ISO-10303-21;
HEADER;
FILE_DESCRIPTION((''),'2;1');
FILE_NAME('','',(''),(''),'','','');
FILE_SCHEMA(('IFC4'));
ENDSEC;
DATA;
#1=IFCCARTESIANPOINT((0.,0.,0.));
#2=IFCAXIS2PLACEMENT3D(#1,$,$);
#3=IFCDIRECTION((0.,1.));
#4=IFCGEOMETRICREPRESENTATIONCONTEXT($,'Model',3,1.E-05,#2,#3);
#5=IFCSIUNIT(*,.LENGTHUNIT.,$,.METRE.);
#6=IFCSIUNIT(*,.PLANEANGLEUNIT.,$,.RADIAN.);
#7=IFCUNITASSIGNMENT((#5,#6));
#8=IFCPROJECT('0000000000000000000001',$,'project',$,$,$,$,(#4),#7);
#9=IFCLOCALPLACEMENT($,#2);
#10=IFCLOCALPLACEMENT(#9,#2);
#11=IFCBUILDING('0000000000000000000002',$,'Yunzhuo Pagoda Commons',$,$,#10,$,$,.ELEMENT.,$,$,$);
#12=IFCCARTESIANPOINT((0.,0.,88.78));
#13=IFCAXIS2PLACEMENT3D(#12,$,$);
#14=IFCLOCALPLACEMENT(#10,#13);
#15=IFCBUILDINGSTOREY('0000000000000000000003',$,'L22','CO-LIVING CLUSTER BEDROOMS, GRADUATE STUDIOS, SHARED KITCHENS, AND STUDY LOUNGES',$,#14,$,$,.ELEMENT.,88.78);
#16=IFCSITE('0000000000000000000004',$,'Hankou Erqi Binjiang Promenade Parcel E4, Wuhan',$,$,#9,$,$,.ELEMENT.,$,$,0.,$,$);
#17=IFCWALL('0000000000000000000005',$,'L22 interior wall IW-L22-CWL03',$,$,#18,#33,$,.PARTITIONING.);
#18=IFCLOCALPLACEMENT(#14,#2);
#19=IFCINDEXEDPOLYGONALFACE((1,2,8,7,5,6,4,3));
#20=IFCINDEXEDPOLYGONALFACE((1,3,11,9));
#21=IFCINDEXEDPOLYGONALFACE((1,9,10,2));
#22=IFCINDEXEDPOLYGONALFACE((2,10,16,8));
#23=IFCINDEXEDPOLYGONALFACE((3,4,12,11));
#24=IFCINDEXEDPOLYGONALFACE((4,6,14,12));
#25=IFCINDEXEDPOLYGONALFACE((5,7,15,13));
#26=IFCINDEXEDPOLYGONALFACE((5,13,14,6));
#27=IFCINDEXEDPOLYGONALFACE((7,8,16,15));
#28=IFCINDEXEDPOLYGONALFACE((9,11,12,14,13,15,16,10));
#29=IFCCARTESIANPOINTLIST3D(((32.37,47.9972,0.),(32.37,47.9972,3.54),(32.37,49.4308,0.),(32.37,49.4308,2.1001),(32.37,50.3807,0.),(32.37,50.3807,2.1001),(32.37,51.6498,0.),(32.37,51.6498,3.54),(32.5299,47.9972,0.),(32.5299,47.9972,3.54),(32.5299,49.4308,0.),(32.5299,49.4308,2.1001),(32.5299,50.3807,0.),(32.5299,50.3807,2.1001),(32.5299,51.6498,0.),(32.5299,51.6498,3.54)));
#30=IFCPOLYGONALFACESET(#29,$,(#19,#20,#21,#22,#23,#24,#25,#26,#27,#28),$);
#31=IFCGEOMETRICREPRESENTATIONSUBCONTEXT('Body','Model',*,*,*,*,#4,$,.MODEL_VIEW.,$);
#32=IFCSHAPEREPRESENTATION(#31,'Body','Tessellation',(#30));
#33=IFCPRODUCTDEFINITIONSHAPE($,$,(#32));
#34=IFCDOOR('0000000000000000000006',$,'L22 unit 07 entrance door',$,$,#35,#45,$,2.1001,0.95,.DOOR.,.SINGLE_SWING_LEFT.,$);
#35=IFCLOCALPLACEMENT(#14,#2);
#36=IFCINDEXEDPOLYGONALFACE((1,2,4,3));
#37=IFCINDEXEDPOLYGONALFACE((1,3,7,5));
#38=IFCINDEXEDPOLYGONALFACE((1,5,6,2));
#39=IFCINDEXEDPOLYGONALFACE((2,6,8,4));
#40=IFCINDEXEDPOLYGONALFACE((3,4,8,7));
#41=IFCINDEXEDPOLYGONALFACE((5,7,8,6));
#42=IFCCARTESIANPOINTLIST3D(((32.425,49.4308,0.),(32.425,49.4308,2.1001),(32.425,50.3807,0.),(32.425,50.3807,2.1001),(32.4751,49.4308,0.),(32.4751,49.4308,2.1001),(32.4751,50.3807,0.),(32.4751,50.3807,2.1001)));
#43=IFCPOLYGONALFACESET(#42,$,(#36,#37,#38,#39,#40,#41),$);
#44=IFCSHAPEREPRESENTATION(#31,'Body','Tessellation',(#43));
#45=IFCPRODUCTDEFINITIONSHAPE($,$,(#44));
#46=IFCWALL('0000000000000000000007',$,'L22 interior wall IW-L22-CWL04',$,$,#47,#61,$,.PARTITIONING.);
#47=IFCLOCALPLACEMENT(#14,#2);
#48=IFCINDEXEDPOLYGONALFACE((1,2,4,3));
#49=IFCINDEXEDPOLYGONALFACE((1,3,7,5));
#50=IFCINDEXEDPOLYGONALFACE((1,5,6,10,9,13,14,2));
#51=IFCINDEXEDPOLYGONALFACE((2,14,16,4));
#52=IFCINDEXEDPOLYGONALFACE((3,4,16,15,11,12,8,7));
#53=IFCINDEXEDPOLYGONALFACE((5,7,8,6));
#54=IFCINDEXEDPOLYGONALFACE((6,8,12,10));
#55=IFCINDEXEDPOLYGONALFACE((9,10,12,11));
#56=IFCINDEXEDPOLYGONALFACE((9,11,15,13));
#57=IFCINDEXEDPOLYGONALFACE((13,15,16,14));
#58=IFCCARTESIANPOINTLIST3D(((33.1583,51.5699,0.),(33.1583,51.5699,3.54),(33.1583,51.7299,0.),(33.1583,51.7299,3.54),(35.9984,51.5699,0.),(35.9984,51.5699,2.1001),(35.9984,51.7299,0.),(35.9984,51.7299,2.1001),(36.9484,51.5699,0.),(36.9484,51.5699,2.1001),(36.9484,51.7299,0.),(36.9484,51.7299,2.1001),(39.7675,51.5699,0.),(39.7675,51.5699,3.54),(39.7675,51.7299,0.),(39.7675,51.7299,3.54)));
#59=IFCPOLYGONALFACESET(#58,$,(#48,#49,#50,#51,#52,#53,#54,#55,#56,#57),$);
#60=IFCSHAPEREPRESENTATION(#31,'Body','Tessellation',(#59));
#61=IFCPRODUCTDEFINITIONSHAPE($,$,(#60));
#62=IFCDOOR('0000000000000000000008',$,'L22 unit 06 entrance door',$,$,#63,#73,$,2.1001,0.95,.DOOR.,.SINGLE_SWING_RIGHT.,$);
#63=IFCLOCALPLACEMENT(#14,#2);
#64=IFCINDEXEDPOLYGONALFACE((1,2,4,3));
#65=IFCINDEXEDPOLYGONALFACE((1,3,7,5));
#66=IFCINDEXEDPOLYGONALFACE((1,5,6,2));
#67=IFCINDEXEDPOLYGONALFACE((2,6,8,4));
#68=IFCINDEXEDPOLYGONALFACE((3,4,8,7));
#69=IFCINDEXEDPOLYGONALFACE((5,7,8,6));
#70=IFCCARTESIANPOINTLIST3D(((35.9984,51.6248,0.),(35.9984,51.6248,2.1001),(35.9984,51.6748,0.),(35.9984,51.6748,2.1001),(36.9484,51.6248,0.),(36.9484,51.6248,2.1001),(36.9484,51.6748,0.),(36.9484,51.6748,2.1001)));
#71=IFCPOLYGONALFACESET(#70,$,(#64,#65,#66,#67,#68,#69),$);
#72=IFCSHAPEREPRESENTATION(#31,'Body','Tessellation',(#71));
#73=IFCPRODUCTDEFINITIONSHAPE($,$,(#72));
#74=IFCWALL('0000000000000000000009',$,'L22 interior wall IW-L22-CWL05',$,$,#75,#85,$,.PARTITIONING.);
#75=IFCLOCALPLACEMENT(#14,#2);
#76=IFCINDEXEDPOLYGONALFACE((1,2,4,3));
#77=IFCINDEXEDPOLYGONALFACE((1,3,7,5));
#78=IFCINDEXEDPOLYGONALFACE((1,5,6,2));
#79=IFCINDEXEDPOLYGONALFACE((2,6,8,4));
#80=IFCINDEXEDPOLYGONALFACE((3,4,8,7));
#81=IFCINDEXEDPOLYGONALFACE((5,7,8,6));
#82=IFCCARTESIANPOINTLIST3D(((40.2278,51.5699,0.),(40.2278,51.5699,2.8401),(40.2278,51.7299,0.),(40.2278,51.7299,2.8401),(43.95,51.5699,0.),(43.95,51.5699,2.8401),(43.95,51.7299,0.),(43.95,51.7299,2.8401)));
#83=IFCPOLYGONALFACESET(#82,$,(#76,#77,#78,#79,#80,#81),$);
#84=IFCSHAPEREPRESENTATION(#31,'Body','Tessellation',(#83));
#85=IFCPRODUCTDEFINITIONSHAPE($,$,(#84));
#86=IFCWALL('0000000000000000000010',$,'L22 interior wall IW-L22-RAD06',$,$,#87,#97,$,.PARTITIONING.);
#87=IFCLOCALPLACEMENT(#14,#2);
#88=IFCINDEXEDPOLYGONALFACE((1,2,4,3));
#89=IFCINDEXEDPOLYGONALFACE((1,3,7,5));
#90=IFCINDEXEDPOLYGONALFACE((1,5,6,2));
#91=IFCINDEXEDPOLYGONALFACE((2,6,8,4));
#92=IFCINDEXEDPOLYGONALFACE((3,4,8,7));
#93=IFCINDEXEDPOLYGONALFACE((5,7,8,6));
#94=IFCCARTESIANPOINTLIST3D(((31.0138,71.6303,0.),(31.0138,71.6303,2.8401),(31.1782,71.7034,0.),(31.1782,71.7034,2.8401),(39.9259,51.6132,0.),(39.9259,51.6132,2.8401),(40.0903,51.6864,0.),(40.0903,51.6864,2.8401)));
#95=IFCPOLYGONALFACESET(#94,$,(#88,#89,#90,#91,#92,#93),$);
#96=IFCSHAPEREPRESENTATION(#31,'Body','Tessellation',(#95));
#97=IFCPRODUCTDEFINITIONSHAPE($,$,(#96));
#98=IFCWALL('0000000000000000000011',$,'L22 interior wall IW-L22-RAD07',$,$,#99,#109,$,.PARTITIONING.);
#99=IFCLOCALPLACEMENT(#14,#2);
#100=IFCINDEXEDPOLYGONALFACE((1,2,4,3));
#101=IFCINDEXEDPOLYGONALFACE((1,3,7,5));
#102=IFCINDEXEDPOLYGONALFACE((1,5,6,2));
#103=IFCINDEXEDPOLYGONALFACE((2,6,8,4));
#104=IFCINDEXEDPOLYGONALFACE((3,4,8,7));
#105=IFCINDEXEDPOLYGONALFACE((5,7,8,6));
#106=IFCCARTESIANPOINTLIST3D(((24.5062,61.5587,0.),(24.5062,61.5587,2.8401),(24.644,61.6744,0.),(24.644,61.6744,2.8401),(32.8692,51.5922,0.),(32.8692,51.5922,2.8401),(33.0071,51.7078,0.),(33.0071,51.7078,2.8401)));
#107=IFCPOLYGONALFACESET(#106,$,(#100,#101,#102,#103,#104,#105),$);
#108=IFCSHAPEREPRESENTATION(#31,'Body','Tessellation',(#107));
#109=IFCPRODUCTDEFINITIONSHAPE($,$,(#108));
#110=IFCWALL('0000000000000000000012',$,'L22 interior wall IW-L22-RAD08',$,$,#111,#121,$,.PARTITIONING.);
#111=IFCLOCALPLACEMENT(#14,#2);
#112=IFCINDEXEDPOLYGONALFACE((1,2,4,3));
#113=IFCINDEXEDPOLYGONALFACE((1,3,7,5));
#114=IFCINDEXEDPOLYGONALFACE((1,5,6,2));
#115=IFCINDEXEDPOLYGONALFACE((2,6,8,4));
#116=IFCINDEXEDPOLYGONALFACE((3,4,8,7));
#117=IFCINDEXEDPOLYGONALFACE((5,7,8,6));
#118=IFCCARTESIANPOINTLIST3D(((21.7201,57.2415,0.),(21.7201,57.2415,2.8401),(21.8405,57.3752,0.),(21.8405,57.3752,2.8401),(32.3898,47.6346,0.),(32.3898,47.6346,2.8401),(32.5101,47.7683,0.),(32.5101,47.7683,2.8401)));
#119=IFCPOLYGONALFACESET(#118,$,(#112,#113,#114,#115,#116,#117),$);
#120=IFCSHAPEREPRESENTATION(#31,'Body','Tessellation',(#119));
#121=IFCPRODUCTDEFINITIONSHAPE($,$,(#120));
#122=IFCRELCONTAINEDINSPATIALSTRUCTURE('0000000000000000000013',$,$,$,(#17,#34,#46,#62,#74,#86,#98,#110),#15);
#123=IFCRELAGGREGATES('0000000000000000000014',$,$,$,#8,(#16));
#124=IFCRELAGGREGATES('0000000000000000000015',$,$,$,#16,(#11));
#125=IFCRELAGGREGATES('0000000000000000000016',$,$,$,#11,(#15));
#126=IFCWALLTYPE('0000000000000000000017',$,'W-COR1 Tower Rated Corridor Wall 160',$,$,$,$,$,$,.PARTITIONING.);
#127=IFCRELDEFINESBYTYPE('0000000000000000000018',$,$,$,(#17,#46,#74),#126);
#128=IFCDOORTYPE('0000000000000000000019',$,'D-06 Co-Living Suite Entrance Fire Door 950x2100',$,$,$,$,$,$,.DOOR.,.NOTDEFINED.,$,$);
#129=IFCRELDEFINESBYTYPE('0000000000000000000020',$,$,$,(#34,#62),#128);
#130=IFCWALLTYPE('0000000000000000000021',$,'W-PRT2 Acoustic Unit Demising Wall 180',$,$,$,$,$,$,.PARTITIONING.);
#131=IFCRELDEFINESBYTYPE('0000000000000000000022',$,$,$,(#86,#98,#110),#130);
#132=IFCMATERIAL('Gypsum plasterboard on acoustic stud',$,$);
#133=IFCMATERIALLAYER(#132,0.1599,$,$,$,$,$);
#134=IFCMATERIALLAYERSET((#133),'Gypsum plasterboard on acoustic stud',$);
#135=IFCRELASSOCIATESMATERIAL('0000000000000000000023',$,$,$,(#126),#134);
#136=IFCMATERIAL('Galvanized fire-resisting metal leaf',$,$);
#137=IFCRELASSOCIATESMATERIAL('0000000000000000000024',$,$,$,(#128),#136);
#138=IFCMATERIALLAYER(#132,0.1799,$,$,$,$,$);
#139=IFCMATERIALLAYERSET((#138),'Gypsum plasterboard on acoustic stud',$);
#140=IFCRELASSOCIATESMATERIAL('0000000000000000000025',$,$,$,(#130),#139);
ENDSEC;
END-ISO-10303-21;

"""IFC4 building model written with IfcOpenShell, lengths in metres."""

from ifc_helpers import new_model, si_unit, direction, frame, frame_2d, origin, origin_with_axes, place, context, subcontext, project, spatial, rectangle, extrude, source, transform, mapped, material, layer, layer_set, type_object, element, fill, save


model = new_model("IFC4")

# Units and contexts
model_context = context("Model", 3, precision=1e-05, world=origin(), true_north=direction((0.0, 1.0)))
body_context = subcontext(model_context, "Body", "Model", "MODEL_VIEW")
ifc_project = project(units=[si_unit("LENGTHUNIT", "METRE"), si_unit("PLANEANGLEUNIT", "RADIAN")], contexts=[model_context])

# Site, building, storey
site_placement = place(None, origin())
site = spatial("IfcSite", under=ifc_project, at=site_placement, Name="Hankou Erqi Binjiang Promenade Parcel E4, Wuhan", CompositionType="ELEMENT", RefElevation=0.0)
building_placement = place(site_placement, origin())
building = spatial("IfcBuilding", under=site, at=building_placement, Name="Yunzhuo Pagoda Commons", CompositionType="ELEMENT")
storey_placement = place(building_placement, frame((0.0, 0.0, 88.78)))
storey = spatial("IfcBuildingStorey", under=building, at=storey_placement, Name="L22", Description="CO-LIVING CLUSTER BEDROOMS, GRADUATE STUDIOS, SHARED KITCHENS, AND STUDY LOUNGES", CompositionType="ELEMENT", Elevation=88.78)

# Shared definitions
ifc_material_1 = material(Name="Gypsum plasterboard on acoustic stud")
ifc_layer_1 = layer(ifc_material_1, 0.1599)
ifc_layer_set_1 = layer_set([ifc_layer_1], Name="Gypsum plasterboard on acoustic stud")
wall_type_1 = type_object("IfcWallType", Name="W-COR1 Tower Rated Corridor Wall 160", PredefinedType="PARTITIONING", material=ifc_layer_set_1)

# Shared definitions
ifc_material_2 = material(Name="Galvanized fire-resisting metal leaf")

# Walls, openings, doors
wall_1_placement = place(storey_placement, frame((32.45, 47.9973, 0.0), z_axis=(0.0, 0.0, 1.0), x_axis=(0.0, 1.0, 0.0)))
wall_1 = element("IfcWall", 1, at=wall_1_placement, inside=storey, type_object=wall_type_1, Name="L22 interior wall IW-L22-CWL03", PredefinedType="PARTITIONING", context=body_context, shape_type="SweptSolid", body=[
    extrude(rectangle(XDim=3.6526, YDim=0.1599, at=frame_2d((1.8262, 0.0))), origin(), (0.0, 0.0, 1.0), 3.54),
])
opening_1_placement = place(wall_1_placement, frame((1.4333, 0.0, 0.0)))
opening_1 = element("IfcOpeningElement", 2, at=opening_1_placement, cuts=wall_1, PredefinedType="OPENING", context=body_context, shape_type="SweptSolid", body=[
    extrude(rectangle(XDim=0.95, YDim=2.1001, at=frame_2d((0.4751, 1.05))), frame((0.0, 0.0898, 0.0), z_axis=(0.0, -1.0, 0.0), x_axis=(1.0, 0.0, 0.0)), (0.0, 0.0, 1.0), 0.1799),
])
door_type_1 = type_object("IfcDoorType", Name="D-06 Co-Living Suite Entrance Fire Door 950x2100", OperationType="NOTDEFINED", PredefinedType="DOOR", material=ifc_material_2)
shared_shape_1 = source(origin(), body_context, "Body", "SweptSolid", [
    extrude(rectangle(XDim=0.95, YDim=2.1001, at=frame_2d((0.4751, 1.05))), frame((0.0, 0.0249, 0.0), z_axis=(0.0, -1.0, 0.0), x_axis=(1.0, 0.0, 0.0)), (0.0, 0.0, 1.0), 0.05),
])
door_1_placement = place(opening_1_placement, origin_with_axes())
door_1 = element("IfcDoor", 3, at=door_1_placement, inside=storey, type_object=door_type_1, Name="L22 unit 07 entrance door", OperationType="SINGLE_SWING_LEFT", OverallHeight=2.1001, OverallWidth=0.95, PredefinedType="DOOR", context=body_context, shape_type="MappedRepresentation", body=[
    mapped(shared_shape_1, transform((0.0, 0.0, 0.0), scale=1.0)),
])
fill(opening_1, door_1)
wall_2_placement = place(storey_placement, frame((33.1582, 51.6499, 0.0), z_axis=(0.0, 0.0, 1.0), x_axis=(1.0, 0.0, 0.0)))
wall_2 = element("IfcWall", 4, at=wall_2_placement, inside=storey, type_object=wall_type_1, Name="L22 interior wall IW-L22-CWL04", PredefinedType="PARTITIONING", context=body_context, shape_type="SweptSolid", body=[
    extrude(rectangle(XDim=6.6091, YDim=0.1599, at=frame_2d((3.3047, 0.0))), origin(), (0.0, 0.0, 1.0), 3.54),
])
opening_2_placement = place(wall_2_placement, frame((2.8401, 0.0, 0.0)))
opening_2 = element("IfcOpeningElement", 5, at=opening_2_placement, cuts=wall_2, PredefinedType="OPENING", context=body_context, shape_type="SweptSolid", body=[
    extrude(rectangle(XDim=0.95, YDim=2.1001, at=frame_2d((0.4751, 1.05))), frame((0.0, 0.0898, 0.0), z_axis=(0.0, -1.0, 0.0), x_axis=(1.0, 0.0, 0.0)), (0.0, 0.0, 1.0), 0.1799),
])
door_2_placement = place(opening_2_placement, origin_with_axes())
door_2 = element("IfcDoor", 6, at=door_2_placement, inside=storey, type_object=door_type_1, Name="L22 unit 06 entrance door", OperationType="SINGLE_SWING_RIGHT", OverallHeight=2.1001, OverallWidth=0.95, PredefinedType="DOOR", context=body_context, shape_type="MappedRepresentation", body=[
    mapped(shared_shape_1, transform((0.0, 0.0, 0.0), scale=1.0)),
])
fill(opening_2, door_2)

# Walls
wall_3_placement = place(storey_placement, frame((40.2278, 51.6499, 0.0), z_axis=(0.0, 0.0, 1.0), x_axis=(1.0, 0.0, 0.0)))
element("IfcWall", 7, at=wall_3_placement, inside=storey, type_object=wall_type_1, Name="L22 interior wall IW-L22-CWL05", PredefinedType="PARTITIONING", context=body_context, shape_type="SweptSolid", body=[
    extrude(rectangle(XDim=3.7222, YDim=0.1599, at=frame_2d((1.8611, 0.0))), origin(), (0.0, 0.0, 1.0), 2.8401),
])
ifc_layer_2 = layer(ifc_material_1, 0.1799)
ifc_layer_set_2 = layer_set([ifc_layer_2], Name="Gypsum plasterboard on acoustic stud")
wall_type_2 = type_object("IfcWallType", Name="W-PRT2 Acoustic Unit Demising Wall 180", PredefinedType="PARTITIONING", material=ifc_layer_set_2)
wall_4_placement = place(storey_placement, frame((40.0081, 51.6499, 0.0), z_axis=(0.0, 0.0, 1.0), x_axis=(-0.406734, 0.913547, 0.0)))
element("IfcWall", 8, at=wall_4_placement, inside=storey, type_object=wall_type_2, Name="L22 interior wall IW-L22-RAD06", PredefinedType="PARTITIONING", context=body_context, shape_type="SweptSolid", body=[
    extrude(rectangle(XDim=21.9114, YDim=0.1799, at=frame_2d((10.9556, 0.0))), origin(), (0.0, 0.0, 1.0), 2.8401),
])
wall_5_placement = place(storey_placement, frame((32.9382, 51.6499, 0.0), z_axis=(0.0, 0.0, 1.0), x_axis=(-0.642792, 0.76604, 0.0)))
element("IfcWall", 9, at=wall_5_placement, inside=storey, type_object=wall_type_2, Name="L22 interior wall IW-L22-RAD07", PredefinedType="PARTITIONING", context=body_context, shape_type="SweptSolid", body=[
    extrude(rectangle(XDim=13.0105, YDim=0.1799, at=frame_2d((6.5054, 0.0))), origin(), (0.0, 0.0, 1.0), 2.8401),
])
wall_6_placement = place(storey_placement, frame((32.45, 47.7014, 0.0), z_axis=(0.0, 0.0, 1.0), x_axis=(-0.743148, 0.669127, 0.0)))
element("IfcWall", 10, at=wall_6_placement, inside=storey, type_object=wall_type_2, Name="L22 interior wall IW-L22-RAD08", PredefinedType="PARTITIONING", context=body_context, shape_type="SweptSolid", body=[
    extrude(rectangle(XDim=14.3574, YDim=0.1799, at=frame_2d((7.1787, 0.0))), origin(), (0.0, 0.0, 1.0), 2.8401),
])

save(model, "model.ifc")
